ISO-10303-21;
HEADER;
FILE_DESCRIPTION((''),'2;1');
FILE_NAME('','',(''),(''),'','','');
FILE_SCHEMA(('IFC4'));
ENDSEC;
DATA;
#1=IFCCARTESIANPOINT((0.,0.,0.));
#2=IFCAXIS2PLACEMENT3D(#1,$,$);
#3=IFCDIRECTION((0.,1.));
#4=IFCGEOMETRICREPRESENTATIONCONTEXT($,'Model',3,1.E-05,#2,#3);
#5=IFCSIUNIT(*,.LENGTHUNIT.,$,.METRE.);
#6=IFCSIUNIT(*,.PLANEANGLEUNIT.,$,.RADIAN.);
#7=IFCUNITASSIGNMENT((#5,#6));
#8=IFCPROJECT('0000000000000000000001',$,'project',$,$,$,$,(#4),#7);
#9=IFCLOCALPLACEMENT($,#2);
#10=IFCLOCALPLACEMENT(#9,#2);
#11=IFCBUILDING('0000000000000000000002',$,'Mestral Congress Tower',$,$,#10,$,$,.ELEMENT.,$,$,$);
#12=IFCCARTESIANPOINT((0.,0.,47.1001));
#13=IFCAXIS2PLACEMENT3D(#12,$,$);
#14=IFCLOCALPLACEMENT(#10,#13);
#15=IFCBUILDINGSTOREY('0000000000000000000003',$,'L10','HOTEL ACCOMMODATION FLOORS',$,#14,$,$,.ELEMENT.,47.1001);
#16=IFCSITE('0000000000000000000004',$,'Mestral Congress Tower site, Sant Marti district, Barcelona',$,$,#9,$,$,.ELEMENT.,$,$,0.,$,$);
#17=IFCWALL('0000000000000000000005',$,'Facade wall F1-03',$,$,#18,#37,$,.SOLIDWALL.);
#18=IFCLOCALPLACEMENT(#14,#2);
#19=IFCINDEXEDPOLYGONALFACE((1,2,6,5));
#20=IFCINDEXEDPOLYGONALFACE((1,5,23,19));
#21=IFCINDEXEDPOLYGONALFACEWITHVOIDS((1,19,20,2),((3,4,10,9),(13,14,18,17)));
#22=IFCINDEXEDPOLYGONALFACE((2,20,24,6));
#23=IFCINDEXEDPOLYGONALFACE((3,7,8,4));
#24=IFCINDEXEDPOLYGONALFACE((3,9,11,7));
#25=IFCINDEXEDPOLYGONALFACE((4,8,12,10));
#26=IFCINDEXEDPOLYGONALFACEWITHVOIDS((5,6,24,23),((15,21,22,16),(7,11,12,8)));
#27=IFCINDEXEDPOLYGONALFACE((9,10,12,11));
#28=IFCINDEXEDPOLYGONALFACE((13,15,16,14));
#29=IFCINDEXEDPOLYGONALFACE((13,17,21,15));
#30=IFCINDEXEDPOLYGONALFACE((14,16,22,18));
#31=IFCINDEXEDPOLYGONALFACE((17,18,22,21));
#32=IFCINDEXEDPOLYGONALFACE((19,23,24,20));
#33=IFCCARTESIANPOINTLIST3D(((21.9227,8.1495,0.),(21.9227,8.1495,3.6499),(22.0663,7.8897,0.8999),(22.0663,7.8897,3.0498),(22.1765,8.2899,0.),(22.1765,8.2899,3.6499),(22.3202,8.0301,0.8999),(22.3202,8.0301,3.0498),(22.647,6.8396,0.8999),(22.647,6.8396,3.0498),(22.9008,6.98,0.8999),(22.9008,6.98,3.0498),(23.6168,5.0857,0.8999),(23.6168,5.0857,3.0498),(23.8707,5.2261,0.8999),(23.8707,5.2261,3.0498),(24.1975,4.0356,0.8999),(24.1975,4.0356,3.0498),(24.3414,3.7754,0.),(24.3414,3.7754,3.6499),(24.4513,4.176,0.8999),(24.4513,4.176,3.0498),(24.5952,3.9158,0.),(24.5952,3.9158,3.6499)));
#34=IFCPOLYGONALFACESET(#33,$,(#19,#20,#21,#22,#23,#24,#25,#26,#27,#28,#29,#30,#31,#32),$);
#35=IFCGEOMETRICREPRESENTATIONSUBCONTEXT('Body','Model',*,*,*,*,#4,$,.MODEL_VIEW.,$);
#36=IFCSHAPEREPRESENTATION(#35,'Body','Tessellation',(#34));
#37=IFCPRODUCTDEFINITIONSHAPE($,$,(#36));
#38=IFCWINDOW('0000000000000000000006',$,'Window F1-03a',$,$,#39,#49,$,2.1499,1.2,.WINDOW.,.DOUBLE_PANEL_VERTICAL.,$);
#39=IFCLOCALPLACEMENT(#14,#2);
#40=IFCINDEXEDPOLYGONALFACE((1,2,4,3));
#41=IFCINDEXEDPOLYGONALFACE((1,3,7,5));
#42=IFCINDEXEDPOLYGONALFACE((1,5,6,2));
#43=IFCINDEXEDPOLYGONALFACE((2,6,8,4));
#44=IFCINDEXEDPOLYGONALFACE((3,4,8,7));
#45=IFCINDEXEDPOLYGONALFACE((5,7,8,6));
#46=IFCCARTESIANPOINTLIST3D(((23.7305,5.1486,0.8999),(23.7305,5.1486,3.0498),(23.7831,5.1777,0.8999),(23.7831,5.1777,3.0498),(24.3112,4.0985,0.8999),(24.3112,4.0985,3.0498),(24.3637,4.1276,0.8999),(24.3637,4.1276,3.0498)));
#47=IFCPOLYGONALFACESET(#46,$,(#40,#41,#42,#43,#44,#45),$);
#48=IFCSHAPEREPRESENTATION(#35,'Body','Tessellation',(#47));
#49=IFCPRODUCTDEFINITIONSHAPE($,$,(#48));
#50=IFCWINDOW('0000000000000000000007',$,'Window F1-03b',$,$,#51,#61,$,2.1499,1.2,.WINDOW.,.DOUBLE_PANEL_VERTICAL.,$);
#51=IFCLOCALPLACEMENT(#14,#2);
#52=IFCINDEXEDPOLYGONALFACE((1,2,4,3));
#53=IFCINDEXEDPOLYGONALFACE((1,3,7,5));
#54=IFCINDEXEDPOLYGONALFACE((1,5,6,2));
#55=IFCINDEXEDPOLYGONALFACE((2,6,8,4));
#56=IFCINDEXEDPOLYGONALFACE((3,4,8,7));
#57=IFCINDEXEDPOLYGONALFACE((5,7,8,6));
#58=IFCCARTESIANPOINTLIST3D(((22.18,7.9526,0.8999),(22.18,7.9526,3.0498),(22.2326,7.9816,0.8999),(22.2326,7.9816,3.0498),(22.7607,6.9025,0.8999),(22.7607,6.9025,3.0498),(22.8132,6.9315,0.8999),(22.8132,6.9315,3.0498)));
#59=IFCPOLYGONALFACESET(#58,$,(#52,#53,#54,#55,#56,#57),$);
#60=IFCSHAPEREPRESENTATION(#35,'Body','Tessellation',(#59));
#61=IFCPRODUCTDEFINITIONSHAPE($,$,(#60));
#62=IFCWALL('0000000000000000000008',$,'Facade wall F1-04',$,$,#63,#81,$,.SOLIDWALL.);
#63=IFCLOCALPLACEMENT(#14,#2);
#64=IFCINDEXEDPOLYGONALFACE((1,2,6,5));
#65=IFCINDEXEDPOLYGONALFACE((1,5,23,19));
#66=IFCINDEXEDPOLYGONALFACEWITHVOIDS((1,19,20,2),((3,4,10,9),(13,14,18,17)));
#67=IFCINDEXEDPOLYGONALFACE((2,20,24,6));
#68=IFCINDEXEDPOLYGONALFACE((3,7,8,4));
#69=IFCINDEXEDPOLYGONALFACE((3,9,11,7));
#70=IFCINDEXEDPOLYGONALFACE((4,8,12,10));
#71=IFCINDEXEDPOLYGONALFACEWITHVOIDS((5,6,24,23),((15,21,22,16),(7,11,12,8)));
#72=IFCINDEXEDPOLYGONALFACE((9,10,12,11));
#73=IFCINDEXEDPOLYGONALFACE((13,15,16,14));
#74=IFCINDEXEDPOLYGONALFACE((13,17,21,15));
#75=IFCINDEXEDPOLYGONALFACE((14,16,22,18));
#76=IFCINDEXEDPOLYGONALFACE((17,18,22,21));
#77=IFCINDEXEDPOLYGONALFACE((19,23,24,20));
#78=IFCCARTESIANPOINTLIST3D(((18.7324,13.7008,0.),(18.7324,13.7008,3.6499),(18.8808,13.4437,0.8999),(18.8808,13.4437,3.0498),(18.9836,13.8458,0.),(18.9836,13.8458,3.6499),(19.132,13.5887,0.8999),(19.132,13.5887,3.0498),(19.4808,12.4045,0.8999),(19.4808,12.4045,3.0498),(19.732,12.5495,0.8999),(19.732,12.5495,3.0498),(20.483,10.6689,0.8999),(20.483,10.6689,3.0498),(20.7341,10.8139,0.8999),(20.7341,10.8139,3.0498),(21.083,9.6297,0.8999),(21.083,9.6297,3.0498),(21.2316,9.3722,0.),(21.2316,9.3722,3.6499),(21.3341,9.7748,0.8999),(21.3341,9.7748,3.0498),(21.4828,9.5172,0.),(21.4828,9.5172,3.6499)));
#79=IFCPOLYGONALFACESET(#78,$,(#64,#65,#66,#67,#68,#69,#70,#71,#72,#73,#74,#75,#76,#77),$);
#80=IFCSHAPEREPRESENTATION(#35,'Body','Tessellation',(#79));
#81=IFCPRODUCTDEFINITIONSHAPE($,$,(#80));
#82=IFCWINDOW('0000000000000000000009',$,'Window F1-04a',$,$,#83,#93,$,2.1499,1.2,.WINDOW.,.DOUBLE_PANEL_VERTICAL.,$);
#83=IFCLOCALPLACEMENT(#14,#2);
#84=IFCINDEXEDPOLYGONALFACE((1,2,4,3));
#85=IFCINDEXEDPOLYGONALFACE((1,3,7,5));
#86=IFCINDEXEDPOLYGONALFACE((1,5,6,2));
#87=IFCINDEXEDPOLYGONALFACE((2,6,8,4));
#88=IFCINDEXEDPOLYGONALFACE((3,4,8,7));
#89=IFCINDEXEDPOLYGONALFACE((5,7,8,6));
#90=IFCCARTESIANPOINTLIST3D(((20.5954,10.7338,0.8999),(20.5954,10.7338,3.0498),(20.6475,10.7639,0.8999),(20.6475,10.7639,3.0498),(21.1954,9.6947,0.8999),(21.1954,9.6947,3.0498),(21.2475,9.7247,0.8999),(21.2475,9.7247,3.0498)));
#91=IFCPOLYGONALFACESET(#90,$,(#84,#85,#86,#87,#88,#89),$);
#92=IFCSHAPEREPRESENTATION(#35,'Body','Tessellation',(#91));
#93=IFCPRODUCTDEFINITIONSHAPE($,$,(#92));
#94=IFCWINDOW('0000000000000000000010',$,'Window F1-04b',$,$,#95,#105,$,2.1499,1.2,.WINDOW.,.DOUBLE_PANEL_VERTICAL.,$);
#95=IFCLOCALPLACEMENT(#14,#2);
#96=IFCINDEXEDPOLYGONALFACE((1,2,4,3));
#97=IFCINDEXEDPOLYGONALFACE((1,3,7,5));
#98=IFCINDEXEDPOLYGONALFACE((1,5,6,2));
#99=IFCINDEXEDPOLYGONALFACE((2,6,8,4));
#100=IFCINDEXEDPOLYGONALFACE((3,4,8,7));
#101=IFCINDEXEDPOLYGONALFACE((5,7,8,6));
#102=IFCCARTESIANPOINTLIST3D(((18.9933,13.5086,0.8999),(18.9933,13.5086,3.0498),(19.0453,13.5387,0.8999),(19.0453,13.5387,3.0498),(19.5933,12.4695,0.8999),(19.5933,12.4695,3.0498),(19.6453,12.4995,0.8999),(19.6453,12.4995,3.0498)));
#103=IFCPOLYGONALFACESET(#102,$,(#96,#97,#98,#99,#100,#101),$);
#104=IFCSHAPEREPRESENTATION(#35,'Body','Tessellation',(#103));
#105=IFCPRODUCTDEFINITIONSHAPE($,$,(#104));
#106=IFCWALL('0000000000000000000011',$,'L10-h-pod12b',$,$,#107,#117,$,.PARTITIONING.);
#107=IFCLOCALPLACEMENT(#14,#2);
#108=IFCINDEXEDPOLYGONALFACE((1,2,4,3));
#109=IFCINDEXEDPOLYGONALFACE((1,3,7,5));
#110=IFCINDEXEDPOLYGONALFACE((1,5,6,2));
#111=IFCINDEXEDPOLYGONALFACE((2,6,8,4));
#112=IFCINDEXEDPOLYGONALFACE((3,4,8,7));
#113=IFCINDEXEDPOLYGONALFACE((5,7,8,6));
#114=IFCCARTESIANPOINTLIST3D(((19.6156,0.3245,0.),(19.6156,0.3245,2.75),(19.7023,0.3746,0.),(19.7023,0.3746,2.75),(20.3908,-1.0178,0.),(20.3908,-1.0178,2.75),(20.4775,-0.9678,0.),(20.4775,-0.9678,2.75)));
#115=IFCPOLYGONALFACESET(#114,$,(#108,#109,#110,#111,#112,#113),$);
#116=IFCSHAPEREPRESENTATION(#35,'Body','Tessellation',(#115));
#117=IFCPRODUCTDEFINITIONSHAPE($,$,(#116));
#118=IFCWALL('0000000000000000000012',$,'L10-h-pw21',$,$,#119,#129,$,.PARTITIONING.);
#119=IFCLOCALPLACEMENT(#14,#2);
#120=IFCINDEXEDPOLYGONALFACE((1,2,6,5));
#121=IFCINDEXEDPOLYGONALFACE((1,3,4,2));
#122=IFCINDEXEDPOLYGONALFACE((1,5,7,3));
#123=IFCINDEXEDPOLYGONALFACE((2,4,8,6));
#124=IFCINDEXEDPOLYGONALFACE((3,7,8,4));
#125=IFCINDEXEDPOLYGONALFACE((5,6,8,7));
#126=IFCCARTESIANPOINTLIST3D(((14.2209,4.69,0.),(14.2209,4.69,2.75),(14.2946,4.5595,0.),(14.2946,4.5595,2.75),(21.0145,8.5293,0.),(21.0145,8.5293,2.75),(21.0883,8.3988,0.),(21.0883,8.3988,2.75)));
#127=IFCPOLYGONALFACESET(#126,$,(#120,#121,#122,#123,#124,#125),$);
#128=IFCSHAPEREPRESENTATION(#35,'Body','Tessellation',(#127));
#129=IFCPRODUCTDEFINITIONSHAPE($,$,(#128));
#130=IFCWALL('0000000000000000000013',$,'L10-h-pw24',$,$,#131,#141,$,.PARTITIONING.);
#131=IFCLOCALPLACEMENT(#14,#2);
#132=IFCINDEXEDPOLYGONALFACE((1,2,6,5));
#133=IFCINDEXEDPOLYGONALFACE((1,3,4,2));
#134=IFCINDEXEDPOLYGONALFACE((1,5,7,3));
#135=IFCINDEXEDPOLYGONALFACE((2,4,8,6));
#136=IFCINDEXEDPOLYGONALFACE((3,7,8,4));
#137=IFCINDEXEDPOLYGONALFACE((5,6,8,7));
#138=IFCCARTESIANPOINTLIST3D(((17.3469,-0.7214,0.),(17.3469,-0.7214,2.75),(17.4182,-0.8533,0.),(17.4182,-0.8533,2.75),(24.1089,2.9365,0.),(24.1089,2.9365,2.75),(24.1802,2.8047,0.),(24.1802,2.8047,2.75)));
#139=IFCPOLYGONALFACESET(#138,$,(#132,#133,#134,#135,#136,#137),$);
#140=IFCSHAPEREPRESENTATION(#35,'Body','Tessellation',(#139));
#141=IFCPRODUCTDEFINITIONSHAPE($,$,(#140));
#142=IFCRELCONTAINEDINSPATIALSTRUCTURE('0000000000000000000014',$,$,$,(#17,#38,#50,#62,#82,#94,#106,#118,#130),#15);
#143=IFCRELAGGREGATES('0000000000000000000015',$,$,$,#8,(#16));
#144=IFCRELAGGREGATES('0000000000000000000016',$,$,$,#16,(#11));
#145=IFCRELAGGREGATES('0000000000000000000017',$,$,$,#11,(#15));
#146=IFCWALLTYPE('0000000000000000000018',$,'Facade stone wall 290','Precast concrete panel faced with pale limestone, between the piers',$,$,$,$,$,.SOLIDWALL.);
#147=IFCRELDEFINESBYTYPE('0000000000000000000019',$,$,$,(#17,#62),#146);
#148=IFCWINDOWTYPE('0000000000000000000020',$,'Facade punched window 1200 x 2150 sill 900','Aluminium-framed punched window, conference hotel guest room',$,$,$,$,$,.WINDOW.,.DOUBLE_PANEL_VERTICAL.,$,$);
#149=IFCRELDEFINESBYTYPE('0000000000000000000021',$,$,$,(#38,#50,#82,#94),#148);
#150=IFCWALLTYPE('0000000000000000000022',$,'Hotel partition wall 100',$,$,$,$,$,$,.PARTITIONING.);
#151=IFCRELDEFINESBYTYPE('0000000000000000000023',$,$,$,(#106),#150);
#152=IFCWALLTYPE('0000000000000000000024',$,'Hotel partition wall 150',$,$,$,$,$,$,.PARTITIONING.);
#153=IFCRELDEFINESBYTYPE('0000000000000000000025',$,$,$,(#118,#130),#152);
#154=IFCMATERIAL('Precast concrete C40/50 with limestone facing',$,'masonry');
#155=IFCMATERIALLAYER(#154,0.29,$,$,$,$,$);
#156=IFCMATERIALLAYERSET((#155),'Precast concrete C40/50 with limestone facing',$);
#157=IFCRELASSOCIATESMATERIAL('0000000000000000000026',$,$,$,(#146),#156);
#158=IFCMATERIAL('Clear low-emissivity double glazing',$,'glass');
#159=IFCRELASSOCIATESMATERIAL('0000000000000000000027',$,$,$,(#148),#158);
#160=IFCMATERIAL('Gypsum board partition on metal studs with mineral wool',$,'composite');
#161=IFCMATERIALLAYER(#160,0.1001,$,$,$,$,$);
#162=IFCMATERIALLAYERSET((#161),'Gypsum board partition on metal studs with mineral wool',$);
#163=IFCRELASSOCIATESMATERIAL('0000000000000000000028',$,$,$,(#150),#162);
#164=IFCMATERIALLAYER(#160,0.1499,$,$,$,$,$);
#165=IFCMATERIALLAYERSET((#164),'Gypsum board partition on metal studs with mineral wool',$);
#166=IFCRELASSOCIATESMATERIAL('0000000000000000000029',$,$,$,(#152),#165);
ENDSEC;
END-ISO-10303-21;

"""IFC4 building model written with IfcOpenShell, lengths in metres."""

from ifc_helpers import new_model, si_unit, direction, frame, frame_2d, origin, place, context, subcontext, project, spatial, rectangle, extrude, material, layer, layer_set, type_object, element, fill, save


model = new_model("IFC4")

# Units and contexts
model_context = context("Model", 3, precision=1e-05, world=origin(), true_north=direction((0.0, 1.0)))
body_context = subcontext(model_context, "Body", "Model", "MODEL_VIEW")
ifc_project = project(units=[si_unit("LENGTHUNIT", "METRE"), si_unit("PLANEANGLEUNIT", "RADIAN")], contexts=[model_context])

# Site, building, storey
site_placement = place(None, origin())
site = spatial("IfcSite", under=ifc_project, at=site_placement, Name="Mestral Congress Tower site, Sant Marti district, Barcelona", CompositionType="ELEMENT", RefElevation=0.0)
building_placement = place(site_placement, origin())
building = spatial("IfcBuilding", under=site, at=building_placement, Name="Mestral Congress Tower", CompositionType="ELEMENT")
storey_placement = place(building_placement, frame((0.0, 0.0, 47.1001)))
storey = spatial("IfcBuildingStorey", under=building, at=storey_placement, Name="L10", Description="HOTEL ACCOMMODATION FLOORS", CompositionType="ELEMENT", Elevation=47.1001)

# Walls, openings, windows
ifc_material_1 = material(Name="Precast concrete C40/50 with limestone facing", Category="masonry")
ifc_layer_1 = layer(ifc_material_1, 0.29)
ifc_layer_set_1 = layer_set([ifc_layer_1], Name="Precast concrete C40/50 with limestone facing")
wall_type_1 = type_object("IfcWallType", Name="Facade stone wall 290", Description="Precast concrete panel faced with pale limestone, between the piers", PredefinedType="SOLIDWALL", material=ifc_layer_set_1)
ifc_material_2 = material(Name="Clear low-emissivity double glazing", Category="glass")
window_type = type_object("IfcWindowType", Name="Facade punched window 1200 x 2150 sill 900", Description="Aluminium-framed punched window, conference hotel guest room", PartitioningType="DOUBLE_PANEL_VERTICAL", PredefinedType="WINDOW", material=ifc_material_2)
wall_1_placement = place(storey_placement, frame((24.4683, 3.8457, 0.0), z_axis=(0.0, 0.0, 1.0), x_axis=(-0.483913, 0.875116, 0.0)))
wall_1 = element("IfcWall", 1, at=wall_1_placement, inside=storey, type_object=wall_type_1, Name="Facade wall F1-03", PredefinedType="SOLIDWALL", context=body_context, shape_type="SweptSolid", body=[
    extrude(rectangle(XDim=4.9983, YDim=0.29, at=frame_2d((2.499, 0.0))), origin(), (0.0, 0.0, 1.0), 3.6499),
])
opening_1_placement = place(wall_1_placement, frame((0.2971, 0.0, 0.8999)))
opening_1 = element("IfcOpeningElement", 2, at=opening_1_placement, cuts=wall_1, PredefinedType="OPENING", context=body_context, shape_type="SweptSolid", body=[
    extrude(rectangle(XDim=1.2, YDim=2.1499, at=frame_2d((0.6001, 1.075))), frame((0.0, 0.155, 0.0), z_axis=(0.0, -1.0, 0.0), x_axis=(1.0, 0.0, 0.0)), (0.0, 0.0, 1.0), 0.3101),
])
opening_2_placement = place(wall_1_placement, frame((3.5012, 0.0, 0.8999)))
opening_2 = element("IfcOpeningElement", 3, at=opening_2_placement, cuts=wall_1, PredefinedType="OPENING", context=body_context, shape_type="SweptSolid", body=[
    extrude(rectangle(XDim=1.2, YDim=2.1499, at=frame_2d((0.6001, 1.075))), frame((0.0, 0.155, 0.0), z_axis=(0.0, -1.0, 0.0), x_axis=(1.0, 0.0, 0.0)), (0.0, 0.0, 1.0), 0.3101),
])
window_1_placement = place(opening_1_placement, origin())
window_1 = element("IfcWindow", 4, at=window_1_placement, inside=storey, type_object=window_type, Name="Window F1-03a", OverallHeight=2.1499, OverallWidth=1.2, PartitioningType="DOUBLE_PANEL_VERTICAL", PredefinedType="WINDOW", context=body_context, shape_type="SweptSolid", body=[
    extrude(rectangle(XDim=1.2, YDim=2.1499, at=frame_2d((0.6001, 1.075))), frame((0.0, 0.0151, 0.0), z_axis=(0.0, -1.0, 0.0), x_axis=(1.0, 0.0, 0.0)), (0.0, 0.0, 1.0), 0.0601),
])
fill(opening_1, window_1)
window_2_placement = place(opening_2_placement, origin())
window_2 = element("IfcWindow", 5, at=window_2_placement, inside=storey, type_object=window_type, Name="Window F1-03b", OverallHeight=2.1499, OverallWidth=1.2, PartitioningType="DOUBLE_PANEL_VERTICAL", PredefinedType="WINDOW", context=body_context, shape_type="SweptSolid", body=[
    extrude(rectangle(XDim=1.2, YDim=2.1499, at=frame_2d((0.6001, 1.075))), frame((0.0, 0.0151, 0.0), z_axis=(0.0, -1.0, 0.0), x_axis=(1.0, 0.0, 0.0)), (0.0, 0.0, 1.0), 0.0601),
])
fill(opening_2, window_2)
wall_2_placement = place(storey_placement, frame((21.3572, 9.4448, 0.0), z_axis=(0.0, 0.0, 1.0), x_axis=(-0.500021, 0.866013, 0.0)))
wall_2 = element("IfcWall", 6, at=wall_2_placement, inside=storey, type_object=wall_type_1, Name="Facade wall F1-04", PredefinedType="SOLIDWALL", context=body_context, shape_type="SweptSolid", body=[
    extrude(rectangle(XDim=4.9983, YDim=0.29, at=frame_2d((2.499, 0.0))), origin(), (0.0, 0.0, 1.0), 3.6499),
])
opening_3_placement = place(wall_2_placement, frame((0.2971, 0.0, 0.8999)))
opening_3 = element("IfcOpeningElement", 7, at=opening_3_placement, cuts=wall_2, PredefinedType="OPENING", context=body_context, shape_type="SweptSolid", body=[
    extrude(rectangle(XDim=1.2, YDim=2.1499, at=frame_2d((0.6001, 1.075))), frame((0.0, 0.155, 0.0), z_axis=(0.0, -1.0, 0.0), x_axis=(1.0, 0.0, 0.0)), (0.0, 0.0, 1.0), 0.3101),
])
opening_4_placement = place(wall_2_placement, frame((3.5012, 0.0, 0.8999)))
opening_4 = element("IfcOpeningElement", 8, at=opening_4_placement, cuts=wall_2, PredefinedType="OPENING", context=body_context, shape_type="SweptSolid", body=[
    extrude(rectangle(XDim=1.2, YDim=2.1499, at=frame_2d((0.6001, 1.075))), frame((0.0, 0.155, 0.0), z_axis=(0.0, -1.0, 0.0), x_axis=(1.0, 0.0, 0.0)), (0.0, 0.0, 1.0), 0.3101),
])
window_3_placement = place(opening_3_placement, origin())
window_3 = element("IfcWindow", 9, at=window_3_placement, inside=storey, type_object=window_type, Name="Window F1-04a", OverallHeight=2.1499, OverallWidth=1.2, PartitioningType="DOUBLE_PANEL_VERTICAL", PredefinedType="WINDOW", context=body_context, shape_type="SweptSolid", body=[
    extrude(rectangle(XDim=1.2, YDim=2.1499, at=frame_2d((0.6001, 1.075))), frame((0.0, 0.0151, 0.0), z_axis=(0.0, -1.0, 0.0), x_axis=(1.0, 0.0, 0.0)), (0.0, 0.0, 1.0), 0.0601),
])
fill(opening_3, window_3)
window_4_placement = place(opening_4_placement, origin())
window_4 = element("IfcWindow", 10, at=window_4_placement, inside=storey, type_object=window_type, Name="Window F1-04b", OverallHeight=2.1499, OverallWidth=1.2, PartitioningType="DOUBLE_PANEL_VERTICAL", PredefinedType="WINDOW", context=body_context, shape_type="SweptSolid", body=[
    extrude(rectangle(XDim=1.2, YDim=2.1499, at=frame_2d((0.6001, 1.075))), frame((0.0, 0.0151, 0.0), z_axis=(0.0, -1.0, 0.0), x_axis=(1.0, 0.0, 0.0)), (0.0, 0.0, 1.0), 0.0601),
])
fill(opening_4, window_4)

# Walls
ifc_material_3 = material(Name="Gypsum board partition on metal studs with mineral wool", Category="composite")
ifc_layer_2 = layer(ifc_material_3, 0.1001)
ifc_layer_set_2 = layer_set([ifc_layer_2], Name="Gypsum board partition on metal studs with mineral wool")
wall_type_2 = type_object("IfcWallType", Name="Hotel partition wall 100", PredefinedType="PARTITIONING", material=ifc_layer_set_2)
wall_3_placement = place(storey_placement, frame((20.4341, -0.9927, 0.0), z_axis=(0.0, 0.0, 1.0), x_axis=(-0.500086, 0.865976, 0.0)))
element("IfcWall", 11, at=wall_3_placement, inside=storey, type_object=wall_type_2, Name="L10-h-pod12b", PredefinedType="PARTITIONING", context=body_context, shape_type="SweptSolid", body=[
    extrude(rectangle(XDim=1.55, YDim=0.1001, at=frame_2d((0.7749, 0.0))), origin(), (0.0, 0.0, 1.0), 2.75),
])
ifc_layer_3 = layer(ifc_material_3, 0.1499)
ifc_layer_set_3 = layer_set([ifc_layer_3], Name="Gypsum board partition on metal studs with mineral wool")
wall_type_3 = type_object("IfcWallType", Name="Hotel partition wall 150", PredefinedType="PARTITIONING", material=ifc_layer_set_3)
wall_4_placement = place(storey_placement, frame((21.0515, 8.4641, 0.0), z_axis=(0.0, 0.0, 1.0), x_axis=(-0.870594, -0.492003, 0.0)))
element("IfcWall", 12, at=wall_4_placement, inside=storey, type_object=wall_type_3, Name="L10-h-pw21", PredefinedType="PARTITIONING", context=body_context, shape_type="SweptSolid", body=[
    extrude(rectangle(XDim=7.8035, YDim=0.1499, at=frame_2d((3.9019, 0.0))), origin(), (0.0, 0.0, 1.0), 2.75),
])
wall_5_placement = place(storey_placement, frame((24.1445, 2.8706, 0.0), z_axis=(0.0, 0.0, 1.0), x_axis=(-0.879552, -0.475803, 0.0)))
element("IfcWall", 13, at=wall_5_placement, inside=storey, type_object=wall_type_3, Name="L10-h-pw24", PredefinedType="PARTITIONING", context=body_context, shape_type="SweptSolid", body=[
    extrude(rectangle(XDim=7.688, YDim=0.1499, at=frame_2d((3.844, 0.0))), origin(), (0.0, 0.0, 1.0), 2.75),
])

save(model, "model.ifc")
